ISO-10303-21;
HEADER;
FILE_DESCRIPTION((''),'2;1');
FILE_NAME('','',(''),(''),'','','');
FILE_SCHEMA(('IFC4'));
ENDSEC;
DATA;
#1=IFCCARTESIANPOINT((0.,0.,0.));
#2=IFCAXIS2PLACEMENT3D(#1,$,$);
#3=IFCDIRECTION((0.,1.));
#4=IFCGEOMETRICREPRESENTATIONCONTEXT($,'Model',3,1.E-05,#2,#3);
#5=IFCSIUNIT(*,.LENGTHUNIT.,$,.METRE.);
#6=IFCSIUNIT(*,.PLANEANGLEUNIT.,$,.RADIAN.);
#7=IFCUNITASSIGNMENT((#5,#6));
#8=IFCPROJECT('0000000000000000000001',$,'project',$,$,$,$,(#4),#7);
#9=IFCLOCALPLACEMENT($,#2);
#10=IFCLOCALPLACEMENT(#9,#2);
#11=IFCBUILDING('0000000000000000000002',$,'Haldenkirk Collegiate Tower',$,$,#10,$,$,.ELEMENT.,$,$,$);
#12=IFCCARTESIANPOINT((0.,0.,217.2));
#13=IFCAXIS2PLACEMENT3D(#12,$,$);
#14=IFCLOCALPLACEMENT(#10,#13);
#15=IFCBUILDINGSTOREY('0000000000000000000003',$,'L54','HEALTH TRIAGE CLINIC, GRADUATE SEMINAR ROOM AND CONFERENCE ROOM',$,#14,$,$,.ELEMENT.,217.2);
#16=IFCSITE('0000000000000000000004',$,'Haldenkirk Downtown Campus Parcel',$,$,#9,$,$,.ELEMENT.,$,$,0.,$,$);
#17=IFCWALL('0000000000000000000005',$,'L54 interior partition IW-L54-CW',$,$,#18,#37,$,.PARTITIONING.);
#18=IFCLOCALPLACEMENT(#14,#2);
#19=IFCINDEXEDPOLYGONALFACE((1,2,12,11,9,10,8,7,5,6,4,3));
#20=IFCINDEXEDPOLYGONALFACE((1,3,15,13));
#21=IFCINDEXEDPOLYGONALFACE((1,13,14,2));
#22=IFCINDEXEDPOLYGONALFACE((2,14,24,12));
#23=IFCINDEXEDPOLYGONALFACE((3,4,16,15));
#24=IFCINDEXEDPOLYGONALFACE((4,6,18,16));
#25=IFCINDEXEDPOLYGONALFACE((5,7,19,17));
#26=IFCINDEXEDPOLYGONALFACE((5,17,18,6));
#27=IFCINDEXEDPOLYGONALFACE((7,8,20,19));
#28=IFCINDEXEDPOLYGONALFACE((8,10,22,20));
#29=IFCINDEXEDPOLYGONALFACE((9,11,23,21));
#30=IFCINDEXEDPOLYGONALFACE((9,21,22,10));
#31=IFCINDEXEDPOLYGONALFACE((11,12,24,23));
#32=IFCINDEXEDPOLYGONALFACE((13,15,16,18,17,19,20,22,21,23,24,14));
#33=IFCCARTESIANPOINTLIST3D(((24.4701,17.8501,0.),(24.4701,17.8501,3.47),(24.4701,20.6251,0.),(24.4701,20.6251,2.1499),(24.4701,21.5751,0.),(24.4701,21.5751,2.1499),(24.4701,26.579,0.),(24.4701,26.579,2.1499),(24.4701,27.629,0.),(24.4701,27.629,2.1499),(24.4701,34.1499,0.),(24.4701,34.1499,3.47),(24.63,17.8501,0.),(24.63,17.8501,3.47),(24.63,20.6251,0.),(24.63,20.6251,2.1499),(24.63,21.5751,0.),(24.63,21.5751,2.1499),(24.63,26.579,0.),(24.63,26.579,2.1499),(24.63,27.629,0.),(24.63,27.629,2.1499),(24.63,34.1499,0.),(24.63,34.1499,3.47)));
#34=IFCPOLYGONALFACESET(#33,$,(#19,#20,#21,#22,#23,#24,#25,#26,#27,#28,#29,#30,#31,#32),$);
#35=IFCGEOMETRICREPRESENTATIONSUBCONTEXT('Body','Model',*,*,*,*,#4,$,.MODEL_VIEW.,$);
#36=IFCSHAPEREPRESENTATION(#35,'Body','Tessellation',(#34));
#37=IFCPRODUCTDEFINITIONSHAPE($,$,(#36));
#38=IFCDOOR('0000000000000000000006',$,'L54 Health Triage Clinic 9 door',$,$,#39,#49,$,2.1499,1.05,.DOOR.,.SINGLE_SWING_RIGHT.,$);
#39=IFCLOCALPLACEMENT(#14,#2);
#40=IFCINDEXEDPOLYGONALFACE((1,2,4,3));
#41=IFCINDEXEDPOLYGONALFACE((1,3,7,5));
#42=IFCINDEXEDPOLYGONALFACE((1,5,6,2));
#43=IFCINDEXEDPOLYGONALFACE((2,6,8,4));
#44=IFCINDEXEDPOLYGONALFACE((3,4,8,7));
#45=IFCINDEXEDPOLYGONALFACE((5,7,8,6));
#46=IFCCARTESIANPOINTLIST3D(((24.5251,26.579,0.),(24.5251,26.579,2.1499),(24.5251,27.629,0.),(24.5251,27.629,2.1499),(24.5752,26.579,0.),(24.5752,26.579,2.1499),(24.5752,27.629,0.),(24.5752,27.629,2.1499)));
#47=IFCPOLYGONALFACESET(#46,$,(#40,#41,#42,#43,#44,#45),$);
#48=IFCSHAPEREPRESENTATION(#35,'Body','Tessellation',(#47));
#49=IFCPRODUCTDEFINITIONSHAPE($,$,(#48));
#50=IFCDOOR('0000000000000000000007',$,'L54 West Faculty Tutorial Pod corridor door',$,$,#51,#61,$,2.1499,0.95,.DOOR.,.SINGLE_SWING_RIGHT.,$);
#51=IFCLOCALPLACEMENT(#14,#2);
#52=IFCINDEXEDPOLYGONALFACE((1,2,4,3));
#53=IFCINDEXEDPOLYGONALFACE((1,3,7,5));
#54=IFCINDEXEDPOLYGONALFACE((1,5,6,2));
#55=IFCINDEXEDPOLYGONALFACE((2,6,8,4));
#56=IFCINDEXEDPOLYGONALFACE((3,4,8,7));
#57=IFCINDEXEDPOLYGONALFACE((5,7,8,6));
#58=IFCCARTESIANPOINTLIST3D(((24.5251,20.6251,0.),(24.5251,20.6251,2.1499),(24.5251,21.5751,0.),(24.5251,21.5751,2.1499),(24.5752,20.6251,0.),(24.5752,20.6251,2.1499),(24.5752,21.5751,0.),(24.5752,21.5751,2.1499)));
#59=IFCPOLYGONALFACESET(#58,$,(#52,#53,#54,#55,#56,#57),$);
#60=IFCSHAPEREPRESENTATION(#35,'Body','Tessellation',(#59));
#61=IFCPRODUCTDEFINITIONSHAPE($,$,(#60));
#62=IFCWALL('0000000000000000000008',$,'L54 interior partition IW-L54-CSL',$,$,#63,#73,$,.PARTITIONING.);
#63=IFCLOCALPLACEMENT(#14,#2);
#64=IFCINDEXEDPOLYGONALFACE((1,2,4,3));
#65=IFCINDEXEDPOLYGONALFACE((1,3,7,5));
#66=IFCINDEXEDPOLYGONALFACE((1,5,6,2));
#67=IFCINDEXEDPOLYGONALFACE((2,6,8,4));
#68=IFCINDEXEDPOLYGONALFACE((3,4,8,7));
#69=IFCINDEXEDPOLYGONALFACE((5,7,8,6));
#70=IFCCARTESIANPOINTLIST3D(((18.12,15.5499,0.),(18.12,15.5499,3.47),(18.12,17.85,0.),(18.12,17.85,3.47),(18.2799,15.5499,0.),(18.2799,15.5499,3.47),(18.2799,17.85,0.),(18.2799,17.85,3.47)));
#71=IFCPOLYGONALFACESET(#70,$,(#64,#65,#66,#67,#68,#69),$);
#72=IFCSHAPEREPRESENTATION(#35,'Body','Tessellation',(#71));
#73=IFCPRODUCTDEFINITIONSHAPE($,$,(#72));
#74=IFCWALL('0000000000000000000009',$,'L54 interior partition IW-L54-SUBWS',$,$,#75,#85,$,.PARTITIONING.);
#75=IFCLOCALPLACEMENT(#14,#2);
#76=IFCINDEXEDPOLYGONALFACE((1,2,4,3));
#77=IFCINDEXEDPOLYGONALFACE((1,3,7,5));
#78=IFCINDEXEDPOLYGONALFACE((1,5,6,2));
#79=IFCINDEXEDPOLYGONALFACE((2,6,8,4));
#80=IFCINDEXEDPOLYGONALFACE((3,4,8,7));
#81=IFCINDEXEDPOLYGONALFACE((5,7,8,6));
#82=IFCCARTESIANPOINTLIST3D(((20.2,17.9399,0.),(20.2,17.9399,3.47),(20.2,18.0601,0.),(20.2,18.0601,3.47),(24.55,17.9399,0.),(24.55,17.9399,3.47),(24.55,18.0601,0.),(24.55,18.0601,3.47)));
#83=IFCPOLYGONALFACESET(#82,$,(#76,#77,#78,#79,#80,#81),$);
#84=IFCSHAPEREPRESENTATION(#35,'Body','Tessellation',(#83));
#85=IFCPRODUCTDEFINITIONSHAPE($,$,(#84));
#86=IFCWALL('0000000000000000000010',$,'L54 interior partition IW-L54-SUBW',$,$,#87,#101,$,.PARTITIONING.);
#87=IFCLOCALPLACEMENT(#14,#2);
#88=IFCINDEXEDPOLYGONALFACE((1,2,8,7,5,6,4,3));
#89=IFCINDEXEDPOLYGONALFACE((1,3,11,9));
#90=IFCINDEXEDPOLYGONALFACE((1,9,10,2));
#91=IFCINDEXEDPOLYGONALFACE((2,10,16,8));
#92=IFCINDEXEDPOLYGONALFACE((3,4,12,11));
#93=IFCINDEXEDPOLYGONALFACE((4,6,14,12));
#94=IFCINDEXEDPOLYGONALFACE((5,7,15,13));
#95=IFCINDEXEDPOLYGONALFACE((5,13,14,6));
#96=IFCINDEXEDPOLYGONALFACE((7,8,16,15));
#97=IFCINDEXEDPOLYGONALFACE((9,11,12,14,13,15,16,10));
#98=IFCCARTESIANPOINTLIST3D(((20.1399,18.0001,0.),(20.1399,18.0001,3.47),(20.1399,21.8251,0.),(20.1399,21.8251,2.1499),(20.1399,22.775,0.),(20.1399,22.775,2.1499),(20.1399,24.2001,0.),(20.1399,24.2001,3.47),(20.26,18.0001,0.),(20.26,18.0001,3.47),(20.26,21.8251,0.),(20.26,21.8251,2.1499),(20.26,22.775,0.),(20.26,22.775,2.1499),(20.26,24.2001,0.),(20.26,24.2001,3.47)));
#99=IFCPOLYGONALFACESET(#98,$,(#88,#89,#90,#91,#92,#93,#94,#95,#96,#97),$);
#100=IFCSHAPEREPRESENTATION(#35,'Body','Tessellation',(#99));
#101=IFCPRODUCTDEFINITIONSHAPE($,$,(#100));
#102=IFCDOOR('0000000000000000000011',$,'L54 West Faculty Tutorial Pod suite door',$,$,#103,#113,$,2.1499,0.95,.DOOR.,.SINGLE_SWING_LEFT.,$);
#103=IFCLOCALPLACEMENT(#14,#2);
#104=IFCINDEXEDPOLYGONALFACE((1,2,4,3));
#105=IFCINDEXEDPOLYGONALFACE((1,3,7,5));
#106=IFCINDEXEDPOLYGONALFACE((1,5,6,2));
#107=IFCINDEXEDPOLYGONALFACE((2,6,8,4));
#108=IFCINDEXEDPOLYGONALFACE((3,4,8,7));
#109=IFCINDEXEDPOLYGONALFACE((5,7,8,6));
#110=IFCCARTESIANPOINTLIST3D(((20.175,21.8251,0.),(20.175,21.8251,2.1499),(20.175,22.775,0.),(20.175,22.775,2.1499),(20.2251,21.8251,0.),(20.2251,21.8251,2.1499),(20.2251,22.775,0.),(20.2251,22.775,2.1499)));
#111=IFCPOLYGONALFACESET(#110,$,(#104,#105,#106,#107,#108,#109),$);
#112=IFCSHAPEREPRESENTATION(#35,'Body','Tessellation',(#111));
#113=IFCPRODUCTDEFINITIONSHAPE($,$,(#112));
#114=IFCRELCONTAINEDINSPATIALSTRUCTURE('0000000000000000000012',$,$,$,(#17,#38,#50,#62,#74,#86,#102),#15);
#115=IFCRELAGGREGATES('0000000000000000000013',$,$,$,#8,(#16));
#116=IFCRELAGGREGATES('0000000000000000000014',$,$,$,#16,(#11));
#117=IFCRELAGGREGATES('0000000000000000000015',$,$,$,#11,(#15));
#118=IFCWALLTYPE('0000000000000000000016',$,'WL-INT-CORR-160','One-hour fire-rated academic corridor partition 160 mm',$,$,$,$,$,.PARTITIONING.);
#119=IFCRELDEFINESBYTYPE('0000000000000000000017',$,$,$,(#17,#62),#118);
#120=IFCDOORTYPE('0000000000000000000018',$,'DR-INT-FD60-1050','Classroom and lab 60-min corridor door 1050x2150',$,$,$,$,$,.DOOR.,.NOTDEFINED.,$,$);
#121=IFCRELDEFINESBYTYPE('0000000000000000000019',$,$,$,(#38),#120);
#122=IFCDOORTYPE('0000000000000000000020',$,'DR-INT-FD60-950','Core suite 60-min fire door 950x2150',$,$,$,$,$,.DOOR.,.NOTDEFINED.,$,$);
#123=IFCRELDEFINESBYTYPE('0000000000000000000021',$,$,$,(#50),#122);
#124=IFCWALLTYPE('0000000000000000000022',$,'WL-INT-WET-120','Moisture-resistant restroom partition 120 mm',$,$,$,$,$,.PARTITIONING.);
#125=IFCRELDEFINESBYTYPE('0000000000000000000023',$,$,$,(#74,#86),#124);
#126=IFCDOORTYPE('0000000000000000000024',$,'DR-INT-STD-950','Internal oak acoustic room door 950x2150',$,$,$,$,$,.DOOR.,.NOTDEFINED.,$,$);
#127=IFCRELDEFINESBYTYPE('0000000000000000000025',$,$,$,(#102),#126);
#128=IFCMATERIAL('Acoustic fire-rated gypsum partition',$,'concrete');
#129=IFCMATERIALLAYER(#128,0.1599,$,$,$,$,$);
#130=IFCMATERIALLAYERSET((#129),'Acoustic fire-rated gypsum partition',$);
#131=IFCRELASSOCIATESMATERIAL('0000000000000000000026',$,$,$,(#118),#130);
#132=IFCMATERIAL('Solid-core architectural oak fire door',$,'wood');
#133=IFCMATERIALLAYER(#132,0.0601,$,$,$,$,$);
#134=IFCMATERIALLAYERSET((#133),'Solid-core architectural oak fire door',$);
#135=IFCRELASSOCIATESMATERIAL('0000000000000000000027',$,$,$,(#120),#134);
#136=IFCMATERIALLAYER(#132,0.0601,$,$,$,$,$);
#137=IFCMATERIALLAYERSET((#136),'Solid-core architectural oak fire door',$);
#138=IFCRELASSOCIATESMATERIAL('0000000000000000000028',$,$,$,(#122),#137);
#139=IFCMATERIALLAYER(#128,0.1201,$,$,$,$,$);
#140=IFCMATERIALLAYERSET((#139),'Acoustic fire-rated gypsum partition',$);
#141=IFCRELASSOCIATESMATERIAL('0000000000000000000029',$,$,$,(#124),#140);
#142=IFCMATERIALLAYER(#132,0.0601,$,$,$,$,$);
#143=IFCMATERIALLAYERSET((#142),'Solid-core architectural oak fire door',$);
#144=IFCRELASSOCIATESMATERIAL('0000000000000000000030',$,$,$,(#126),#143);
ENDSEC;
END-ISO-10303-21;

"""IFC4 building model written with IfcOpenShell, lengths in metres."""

from ifc_helpers import new_model, si_unit, direction, frame, frame_2d, origin, place, context, subcontext, project, spatial, rectangle, extrude, material, layer, layer_set, type_object, element, fill, save


model = new_model("IFC4")

# Units and contexts
model_context = context("Model", 3, precision=1e-05, world=origin(), true_north=direction((0.0, 1.0)))
body_context = subcontext(model_context, "Body", "Model", "MODEL_VIEW")
ifc_project = project(units=[si_unit("LENGTHUNIT", "METRE"), si_unit("PLANEANGLEUNIT", "RADIAN")], contexts=[model_context])

# Site, building, storey
site_placement = place(None, origin())
site = spatial("IfcSite", under=ifc_project, at=site_placement, Name="Haldenkirk Downtown Campus Parcel", CompositionType="ELEMENT", RefElevation=0.0)
building_placement = place(site_placement, origin())
building = spatial("IfcBuilding", under=site, at=building_placement, Name="Haldenkirk Collegiate Tower", CompositionType="ELEMENT")
storey_placement = place(building_placement, frame((0.0, 0.0, 217.2)))
storey = spatial("IfcBuildingStorey", under=building, at=storey_placement, Name="L54", Description="HEALTH TRIAGE CLINIC, GRADUATE SEMINAR ROOM AND CONFERENCE ROOM", CompositionType="ELEMENT", Elevation=217.2)

# Shared definitions
ifc_material_1 = material(Name="Acoustic fire-rated gypsum partition", Category="concrete")
ifc_layer_1 = layer(ifc_material_1, 0.1599)
ifc_layer_set_1 = layer_set([ifc_layer_1], Name="Acoustic fire-rated gypsum partition")
wall_type_1 = type_object("IfcWallType", Name="WL-INT-CORR-160", Description="One-hour fire-rated academic corridor partition 160 mm", PredefinedType="PARTITIONING", material=ifc_layer_set_1)
ifc_material_2 = material(Name="Solid-core architectural oak fire door", Category="wood")
ifc_layer_2 = layer(ifc_material_2, 0.0601)
ifc_layer_set_2 = layer_set([ifc_layer_2], Name="Solid-core architectural oak fire door")
door_type_1 = type_object("IfcDoorType", Name="DR-INT-FD60-1050", Description="Classroom and lab 60-min corridor door 1050x2150", OperationType="NOTDEFINED", PredefinedType="DOOR", material=ifc_layer_set_2)

# Wall, openings, doors
wall_1_placement = place(storey_placement, frame((24.55, 17.8501, 0.0), z_axis=(0.0, 0.0, 1.0), x_axis=(0.0, 1.0, 0.0)))
wall_1 = element("IfcWall", 1, at=wall_1_placement, inside=storey, type_object=wall_type_1, Name="L54 interior partition IW-L54-CW", PredefinedType="PARTITIONING", context=body_context, shape_type="SweptSolid", body=[
    extrude(rectangle(XDim=16.2998, YDim=0.1599, at=frame_2d((8.1499, 0.0))), origin(), (0.0, 0.0, 1.0), 3.47),
])
opening_1_placement = place(wall_1_placement, frame((2.7749, 0.0, 0.0)))
opening_1 = element("IfcOpeningElement", 2, at=opening_1_placement, cuts=wall_1, PredefinedType="OPENING", context=body_context, shape_type="SweptSolid", body=[
    extrude(rectangle(XDim=0.95, YDim=2.1499, at=frame_2d((0.4751, 1.075))), frame((0.0, 0.0898, 0.0), z_axis=(0.0, -1.0, 0.0), x_axis=(1.0, 0.0, 0.0)), (0.0, 0.0, 1.0), 0.1799),
])
opening_2_placement = place(wall_1_placement, frame((8.729, 0.0, 0.0)))
opening_2 = element("IfcOpeningElement", 3, at=opening_2_placement, cuts=wall_1, PredefinedType="OPENING", context=body_context, shape_type="SweptSolid", body=[
    extrude(rectangle(XDim=1.05, YDim=2.1499, at=frame_2d((0.5249, 1.075))), frame((0.0, 0.0898, 0.0), z_axis=(0.0, -1.0, 0.0), x_axis=(1.0, 0.0, 0.0)), (0.0, 0.0, 1.0), 0.1799),
])
door_1_placement = place(opening_2_placement, origin())
door_1 = element("IfcDoor", 4, at=door_1_placement, inside=storey, type_object=door_type_1, Name="L54 Health Triage Clinic 9 door", OperationType="SINGLE_SWING_RIGHT", OverallHeight=2.1499, OverallWidth=1.05, PredefinedType="DOOR", context=body_context, shape_type="SweptSolid", body=[
    extrude(rectangle(XDim=1.05, YDim=2.1499, at=frame_2d((0.5249, 1.075))), frame((0.0, 0.0249, 0.0), z_axis=(0.0, -1.0, 0.0), x_axis=(1.0, 0.0, 0.0)), (0.0, 0.0, 1.0), 0.05),
])
fill(opening_2, door_1)
ifc_layer_3 = layer(ifc_material_2, 0.0601)
ifc_layer_set_3 = layer_set([ifc_layer_3], Name="Solid-core architectural oak fire door")
door_type_2 = type_object("IfcDoorType", Name="DR-INT-FD60-950", Description="Core suite 60-min fire door 950x2150", OperationType="NOTDEFINED", PredefinedType="DOOR", material=ifc_layer_set_3)
door_2_placement = place(opening_1_placement, origin())
door_2 = element("IfcDoor", 5, at=door_2_placement, inside=storey, type_object=door_type_2, Name="L54 West Faculty Tutorial Pod corridor door", OperationType="SINGLE_SWING_RIGHT", OverallHeight=2.1499, OverallWidth=0.95, PredefinedType="DOOR", context=body_context, shape_type="SweptSolid", body=[
    extrude(rectangle(XDim=0.95, YDim=2.1499, at=frame_2d((0.4751, 1.075))), frame((0.0, 0.0249, 0.0), z_axis=(0.0, -1.0, 0.0), x_axis=(1.0, 0.0, 0.0)), (0.0, 0.0, 1.0), 0.05),
])
fill(opening_1, door_2)

# Walls
wall_2_placement = place(storey_placement, frame((18.2, 15.55, 0.0), z_axis=(0.0, 0.0, 1.0), x_axis=(0.0, 1.0, 0.0)))
element("IfcWall", 6, at=wall_2_placement, inside=storey, type_object=wall_type_1, Name="L54 interior partition IW-L54-CSL", PredefinedType="PARTITIONING", context=body_context, shape_type="SweptSolid", body=[
    extrude(rectangle(XDim=2.3, YDim=0.1599, at=frame_2d((1.1499, 0.0))), origin(), (0.0, 0.0, 1.0), 3.47),
])
ifc_layer_4 = layer(ifc_material_1, 0.1201)
ifc_layer_set_4 = layer_set([ifc_layer_4], Name="Acoustic fire-rated gypsum partition")
wall_type_2 = type_object("IfcWallType", Name="WL-INT-WET-120", Description="Moisture-resistant restroom partition 120 mm", PredefinedType="PARTITIONING", material=ifc_layer_set_4)
wall_3_placement = place(storey_placement, frame((20.2, 18.0, 0.0), z_axis=(0.0, 0.0, 1.0), x_axis=(1.0, 0.0, 0.0)))
element("IfcWall", 7, at=wall_3_placement, inside=storey, type_object=wall_type_2, Name="L54 interior partition IW-L54-SUBWS", PredefinedType="PARTITIONING", context=body_context, shape_type="SweptSolid", body=[
    extrude(rectangle(XDim=4.3501, YDim=0.1201, at=frame_2d((2.175, 0.0))), origin(), (0.0, 0.0, 1.0), 3.47),
])

# Wall, opening, door
wall_4_placement = place(storey_placement, frame((20.2, 18.0, 0.0), z_axis=(0.0, 0.0, 1.0), x_axis=(0.0, 1.0, 0.0)))
wall_4 = element("IfcWall", 8, at=wall_4_placement, inside=storey, type_object=wall_type_2, Name="L54 interior partition IW-L54-SUBW", PredefinedType="PARTITIONING", context=body_context, shape_type="SweptSolid", body=[
    extrude(rectangle(XDim=6.2, YDim=0.1201, at=frame_2d((3.1001, 0.0))), origin(), (0.0, 0.0, 1.0), 3.47),
])
opening_3_placement = place(wall_4_placement, frame((3.825, 0.0, 0.0)))
opening_3 = element("IfcOpeningElement", 9, at=opening_3_placement, cuts=wall_4, PredefinedType="OPENING", context=body_context, shape_type="SweptSolid", body=[
    extrude(rectangle(XDim=0.95, YDim=2.1499, at=frame_2d((0.4751, 1.075))), frame((0.0, 0.0701, 0.0), z_axis=(0.0, -1.0, 0.0), x_axis=(1.0, 0.0, 0.0)), (0.0, 0.0, 1.0), 0.1401),
])
ifc_layer_5 = layer(ifc_material_2, 0.0601)
ifc_layer_set_5 = layer_set([ifc_layer_5], Name="Solid-core architectural oak fire door")
door_type_3 = type_object("IfcDoorType", Name="DR-INT-STD-950", Description="Internal oak acoustic room door 950x2150", OperationType="NOTDEFINED", PredefinedType="DOOR", material=ifc_layer_set_5)
door_3_placement = place(opening_3_placement, origin())
door_3 = element("IfcDoor", 10, at=door_3_placement, inside=storey, type_object=door_type_3, Name="L54 West Faculty Tutorial Pod suite door", OperationType="SINGLE_SWING_LEFT", OverallHeight=2.1499, OverallWidth=0.95, PredefinedType="DOOR", context=body_context, shape_type="SweptSolid", body=[
    extrude(rectangle(XDim=0.95, YDim=2.1499, at=frame_2d((0.4751, 1.075))), frame((0.0, 0.0249, 0.0), z_axis=(0.0, -1.0, 0.0), x_axis=(1.0, 0.0, 0.0)), (0.0, 0.0, 1.0), 0.05),
])
fill(opening_3, door_3)

save(model, "model.ifc")
